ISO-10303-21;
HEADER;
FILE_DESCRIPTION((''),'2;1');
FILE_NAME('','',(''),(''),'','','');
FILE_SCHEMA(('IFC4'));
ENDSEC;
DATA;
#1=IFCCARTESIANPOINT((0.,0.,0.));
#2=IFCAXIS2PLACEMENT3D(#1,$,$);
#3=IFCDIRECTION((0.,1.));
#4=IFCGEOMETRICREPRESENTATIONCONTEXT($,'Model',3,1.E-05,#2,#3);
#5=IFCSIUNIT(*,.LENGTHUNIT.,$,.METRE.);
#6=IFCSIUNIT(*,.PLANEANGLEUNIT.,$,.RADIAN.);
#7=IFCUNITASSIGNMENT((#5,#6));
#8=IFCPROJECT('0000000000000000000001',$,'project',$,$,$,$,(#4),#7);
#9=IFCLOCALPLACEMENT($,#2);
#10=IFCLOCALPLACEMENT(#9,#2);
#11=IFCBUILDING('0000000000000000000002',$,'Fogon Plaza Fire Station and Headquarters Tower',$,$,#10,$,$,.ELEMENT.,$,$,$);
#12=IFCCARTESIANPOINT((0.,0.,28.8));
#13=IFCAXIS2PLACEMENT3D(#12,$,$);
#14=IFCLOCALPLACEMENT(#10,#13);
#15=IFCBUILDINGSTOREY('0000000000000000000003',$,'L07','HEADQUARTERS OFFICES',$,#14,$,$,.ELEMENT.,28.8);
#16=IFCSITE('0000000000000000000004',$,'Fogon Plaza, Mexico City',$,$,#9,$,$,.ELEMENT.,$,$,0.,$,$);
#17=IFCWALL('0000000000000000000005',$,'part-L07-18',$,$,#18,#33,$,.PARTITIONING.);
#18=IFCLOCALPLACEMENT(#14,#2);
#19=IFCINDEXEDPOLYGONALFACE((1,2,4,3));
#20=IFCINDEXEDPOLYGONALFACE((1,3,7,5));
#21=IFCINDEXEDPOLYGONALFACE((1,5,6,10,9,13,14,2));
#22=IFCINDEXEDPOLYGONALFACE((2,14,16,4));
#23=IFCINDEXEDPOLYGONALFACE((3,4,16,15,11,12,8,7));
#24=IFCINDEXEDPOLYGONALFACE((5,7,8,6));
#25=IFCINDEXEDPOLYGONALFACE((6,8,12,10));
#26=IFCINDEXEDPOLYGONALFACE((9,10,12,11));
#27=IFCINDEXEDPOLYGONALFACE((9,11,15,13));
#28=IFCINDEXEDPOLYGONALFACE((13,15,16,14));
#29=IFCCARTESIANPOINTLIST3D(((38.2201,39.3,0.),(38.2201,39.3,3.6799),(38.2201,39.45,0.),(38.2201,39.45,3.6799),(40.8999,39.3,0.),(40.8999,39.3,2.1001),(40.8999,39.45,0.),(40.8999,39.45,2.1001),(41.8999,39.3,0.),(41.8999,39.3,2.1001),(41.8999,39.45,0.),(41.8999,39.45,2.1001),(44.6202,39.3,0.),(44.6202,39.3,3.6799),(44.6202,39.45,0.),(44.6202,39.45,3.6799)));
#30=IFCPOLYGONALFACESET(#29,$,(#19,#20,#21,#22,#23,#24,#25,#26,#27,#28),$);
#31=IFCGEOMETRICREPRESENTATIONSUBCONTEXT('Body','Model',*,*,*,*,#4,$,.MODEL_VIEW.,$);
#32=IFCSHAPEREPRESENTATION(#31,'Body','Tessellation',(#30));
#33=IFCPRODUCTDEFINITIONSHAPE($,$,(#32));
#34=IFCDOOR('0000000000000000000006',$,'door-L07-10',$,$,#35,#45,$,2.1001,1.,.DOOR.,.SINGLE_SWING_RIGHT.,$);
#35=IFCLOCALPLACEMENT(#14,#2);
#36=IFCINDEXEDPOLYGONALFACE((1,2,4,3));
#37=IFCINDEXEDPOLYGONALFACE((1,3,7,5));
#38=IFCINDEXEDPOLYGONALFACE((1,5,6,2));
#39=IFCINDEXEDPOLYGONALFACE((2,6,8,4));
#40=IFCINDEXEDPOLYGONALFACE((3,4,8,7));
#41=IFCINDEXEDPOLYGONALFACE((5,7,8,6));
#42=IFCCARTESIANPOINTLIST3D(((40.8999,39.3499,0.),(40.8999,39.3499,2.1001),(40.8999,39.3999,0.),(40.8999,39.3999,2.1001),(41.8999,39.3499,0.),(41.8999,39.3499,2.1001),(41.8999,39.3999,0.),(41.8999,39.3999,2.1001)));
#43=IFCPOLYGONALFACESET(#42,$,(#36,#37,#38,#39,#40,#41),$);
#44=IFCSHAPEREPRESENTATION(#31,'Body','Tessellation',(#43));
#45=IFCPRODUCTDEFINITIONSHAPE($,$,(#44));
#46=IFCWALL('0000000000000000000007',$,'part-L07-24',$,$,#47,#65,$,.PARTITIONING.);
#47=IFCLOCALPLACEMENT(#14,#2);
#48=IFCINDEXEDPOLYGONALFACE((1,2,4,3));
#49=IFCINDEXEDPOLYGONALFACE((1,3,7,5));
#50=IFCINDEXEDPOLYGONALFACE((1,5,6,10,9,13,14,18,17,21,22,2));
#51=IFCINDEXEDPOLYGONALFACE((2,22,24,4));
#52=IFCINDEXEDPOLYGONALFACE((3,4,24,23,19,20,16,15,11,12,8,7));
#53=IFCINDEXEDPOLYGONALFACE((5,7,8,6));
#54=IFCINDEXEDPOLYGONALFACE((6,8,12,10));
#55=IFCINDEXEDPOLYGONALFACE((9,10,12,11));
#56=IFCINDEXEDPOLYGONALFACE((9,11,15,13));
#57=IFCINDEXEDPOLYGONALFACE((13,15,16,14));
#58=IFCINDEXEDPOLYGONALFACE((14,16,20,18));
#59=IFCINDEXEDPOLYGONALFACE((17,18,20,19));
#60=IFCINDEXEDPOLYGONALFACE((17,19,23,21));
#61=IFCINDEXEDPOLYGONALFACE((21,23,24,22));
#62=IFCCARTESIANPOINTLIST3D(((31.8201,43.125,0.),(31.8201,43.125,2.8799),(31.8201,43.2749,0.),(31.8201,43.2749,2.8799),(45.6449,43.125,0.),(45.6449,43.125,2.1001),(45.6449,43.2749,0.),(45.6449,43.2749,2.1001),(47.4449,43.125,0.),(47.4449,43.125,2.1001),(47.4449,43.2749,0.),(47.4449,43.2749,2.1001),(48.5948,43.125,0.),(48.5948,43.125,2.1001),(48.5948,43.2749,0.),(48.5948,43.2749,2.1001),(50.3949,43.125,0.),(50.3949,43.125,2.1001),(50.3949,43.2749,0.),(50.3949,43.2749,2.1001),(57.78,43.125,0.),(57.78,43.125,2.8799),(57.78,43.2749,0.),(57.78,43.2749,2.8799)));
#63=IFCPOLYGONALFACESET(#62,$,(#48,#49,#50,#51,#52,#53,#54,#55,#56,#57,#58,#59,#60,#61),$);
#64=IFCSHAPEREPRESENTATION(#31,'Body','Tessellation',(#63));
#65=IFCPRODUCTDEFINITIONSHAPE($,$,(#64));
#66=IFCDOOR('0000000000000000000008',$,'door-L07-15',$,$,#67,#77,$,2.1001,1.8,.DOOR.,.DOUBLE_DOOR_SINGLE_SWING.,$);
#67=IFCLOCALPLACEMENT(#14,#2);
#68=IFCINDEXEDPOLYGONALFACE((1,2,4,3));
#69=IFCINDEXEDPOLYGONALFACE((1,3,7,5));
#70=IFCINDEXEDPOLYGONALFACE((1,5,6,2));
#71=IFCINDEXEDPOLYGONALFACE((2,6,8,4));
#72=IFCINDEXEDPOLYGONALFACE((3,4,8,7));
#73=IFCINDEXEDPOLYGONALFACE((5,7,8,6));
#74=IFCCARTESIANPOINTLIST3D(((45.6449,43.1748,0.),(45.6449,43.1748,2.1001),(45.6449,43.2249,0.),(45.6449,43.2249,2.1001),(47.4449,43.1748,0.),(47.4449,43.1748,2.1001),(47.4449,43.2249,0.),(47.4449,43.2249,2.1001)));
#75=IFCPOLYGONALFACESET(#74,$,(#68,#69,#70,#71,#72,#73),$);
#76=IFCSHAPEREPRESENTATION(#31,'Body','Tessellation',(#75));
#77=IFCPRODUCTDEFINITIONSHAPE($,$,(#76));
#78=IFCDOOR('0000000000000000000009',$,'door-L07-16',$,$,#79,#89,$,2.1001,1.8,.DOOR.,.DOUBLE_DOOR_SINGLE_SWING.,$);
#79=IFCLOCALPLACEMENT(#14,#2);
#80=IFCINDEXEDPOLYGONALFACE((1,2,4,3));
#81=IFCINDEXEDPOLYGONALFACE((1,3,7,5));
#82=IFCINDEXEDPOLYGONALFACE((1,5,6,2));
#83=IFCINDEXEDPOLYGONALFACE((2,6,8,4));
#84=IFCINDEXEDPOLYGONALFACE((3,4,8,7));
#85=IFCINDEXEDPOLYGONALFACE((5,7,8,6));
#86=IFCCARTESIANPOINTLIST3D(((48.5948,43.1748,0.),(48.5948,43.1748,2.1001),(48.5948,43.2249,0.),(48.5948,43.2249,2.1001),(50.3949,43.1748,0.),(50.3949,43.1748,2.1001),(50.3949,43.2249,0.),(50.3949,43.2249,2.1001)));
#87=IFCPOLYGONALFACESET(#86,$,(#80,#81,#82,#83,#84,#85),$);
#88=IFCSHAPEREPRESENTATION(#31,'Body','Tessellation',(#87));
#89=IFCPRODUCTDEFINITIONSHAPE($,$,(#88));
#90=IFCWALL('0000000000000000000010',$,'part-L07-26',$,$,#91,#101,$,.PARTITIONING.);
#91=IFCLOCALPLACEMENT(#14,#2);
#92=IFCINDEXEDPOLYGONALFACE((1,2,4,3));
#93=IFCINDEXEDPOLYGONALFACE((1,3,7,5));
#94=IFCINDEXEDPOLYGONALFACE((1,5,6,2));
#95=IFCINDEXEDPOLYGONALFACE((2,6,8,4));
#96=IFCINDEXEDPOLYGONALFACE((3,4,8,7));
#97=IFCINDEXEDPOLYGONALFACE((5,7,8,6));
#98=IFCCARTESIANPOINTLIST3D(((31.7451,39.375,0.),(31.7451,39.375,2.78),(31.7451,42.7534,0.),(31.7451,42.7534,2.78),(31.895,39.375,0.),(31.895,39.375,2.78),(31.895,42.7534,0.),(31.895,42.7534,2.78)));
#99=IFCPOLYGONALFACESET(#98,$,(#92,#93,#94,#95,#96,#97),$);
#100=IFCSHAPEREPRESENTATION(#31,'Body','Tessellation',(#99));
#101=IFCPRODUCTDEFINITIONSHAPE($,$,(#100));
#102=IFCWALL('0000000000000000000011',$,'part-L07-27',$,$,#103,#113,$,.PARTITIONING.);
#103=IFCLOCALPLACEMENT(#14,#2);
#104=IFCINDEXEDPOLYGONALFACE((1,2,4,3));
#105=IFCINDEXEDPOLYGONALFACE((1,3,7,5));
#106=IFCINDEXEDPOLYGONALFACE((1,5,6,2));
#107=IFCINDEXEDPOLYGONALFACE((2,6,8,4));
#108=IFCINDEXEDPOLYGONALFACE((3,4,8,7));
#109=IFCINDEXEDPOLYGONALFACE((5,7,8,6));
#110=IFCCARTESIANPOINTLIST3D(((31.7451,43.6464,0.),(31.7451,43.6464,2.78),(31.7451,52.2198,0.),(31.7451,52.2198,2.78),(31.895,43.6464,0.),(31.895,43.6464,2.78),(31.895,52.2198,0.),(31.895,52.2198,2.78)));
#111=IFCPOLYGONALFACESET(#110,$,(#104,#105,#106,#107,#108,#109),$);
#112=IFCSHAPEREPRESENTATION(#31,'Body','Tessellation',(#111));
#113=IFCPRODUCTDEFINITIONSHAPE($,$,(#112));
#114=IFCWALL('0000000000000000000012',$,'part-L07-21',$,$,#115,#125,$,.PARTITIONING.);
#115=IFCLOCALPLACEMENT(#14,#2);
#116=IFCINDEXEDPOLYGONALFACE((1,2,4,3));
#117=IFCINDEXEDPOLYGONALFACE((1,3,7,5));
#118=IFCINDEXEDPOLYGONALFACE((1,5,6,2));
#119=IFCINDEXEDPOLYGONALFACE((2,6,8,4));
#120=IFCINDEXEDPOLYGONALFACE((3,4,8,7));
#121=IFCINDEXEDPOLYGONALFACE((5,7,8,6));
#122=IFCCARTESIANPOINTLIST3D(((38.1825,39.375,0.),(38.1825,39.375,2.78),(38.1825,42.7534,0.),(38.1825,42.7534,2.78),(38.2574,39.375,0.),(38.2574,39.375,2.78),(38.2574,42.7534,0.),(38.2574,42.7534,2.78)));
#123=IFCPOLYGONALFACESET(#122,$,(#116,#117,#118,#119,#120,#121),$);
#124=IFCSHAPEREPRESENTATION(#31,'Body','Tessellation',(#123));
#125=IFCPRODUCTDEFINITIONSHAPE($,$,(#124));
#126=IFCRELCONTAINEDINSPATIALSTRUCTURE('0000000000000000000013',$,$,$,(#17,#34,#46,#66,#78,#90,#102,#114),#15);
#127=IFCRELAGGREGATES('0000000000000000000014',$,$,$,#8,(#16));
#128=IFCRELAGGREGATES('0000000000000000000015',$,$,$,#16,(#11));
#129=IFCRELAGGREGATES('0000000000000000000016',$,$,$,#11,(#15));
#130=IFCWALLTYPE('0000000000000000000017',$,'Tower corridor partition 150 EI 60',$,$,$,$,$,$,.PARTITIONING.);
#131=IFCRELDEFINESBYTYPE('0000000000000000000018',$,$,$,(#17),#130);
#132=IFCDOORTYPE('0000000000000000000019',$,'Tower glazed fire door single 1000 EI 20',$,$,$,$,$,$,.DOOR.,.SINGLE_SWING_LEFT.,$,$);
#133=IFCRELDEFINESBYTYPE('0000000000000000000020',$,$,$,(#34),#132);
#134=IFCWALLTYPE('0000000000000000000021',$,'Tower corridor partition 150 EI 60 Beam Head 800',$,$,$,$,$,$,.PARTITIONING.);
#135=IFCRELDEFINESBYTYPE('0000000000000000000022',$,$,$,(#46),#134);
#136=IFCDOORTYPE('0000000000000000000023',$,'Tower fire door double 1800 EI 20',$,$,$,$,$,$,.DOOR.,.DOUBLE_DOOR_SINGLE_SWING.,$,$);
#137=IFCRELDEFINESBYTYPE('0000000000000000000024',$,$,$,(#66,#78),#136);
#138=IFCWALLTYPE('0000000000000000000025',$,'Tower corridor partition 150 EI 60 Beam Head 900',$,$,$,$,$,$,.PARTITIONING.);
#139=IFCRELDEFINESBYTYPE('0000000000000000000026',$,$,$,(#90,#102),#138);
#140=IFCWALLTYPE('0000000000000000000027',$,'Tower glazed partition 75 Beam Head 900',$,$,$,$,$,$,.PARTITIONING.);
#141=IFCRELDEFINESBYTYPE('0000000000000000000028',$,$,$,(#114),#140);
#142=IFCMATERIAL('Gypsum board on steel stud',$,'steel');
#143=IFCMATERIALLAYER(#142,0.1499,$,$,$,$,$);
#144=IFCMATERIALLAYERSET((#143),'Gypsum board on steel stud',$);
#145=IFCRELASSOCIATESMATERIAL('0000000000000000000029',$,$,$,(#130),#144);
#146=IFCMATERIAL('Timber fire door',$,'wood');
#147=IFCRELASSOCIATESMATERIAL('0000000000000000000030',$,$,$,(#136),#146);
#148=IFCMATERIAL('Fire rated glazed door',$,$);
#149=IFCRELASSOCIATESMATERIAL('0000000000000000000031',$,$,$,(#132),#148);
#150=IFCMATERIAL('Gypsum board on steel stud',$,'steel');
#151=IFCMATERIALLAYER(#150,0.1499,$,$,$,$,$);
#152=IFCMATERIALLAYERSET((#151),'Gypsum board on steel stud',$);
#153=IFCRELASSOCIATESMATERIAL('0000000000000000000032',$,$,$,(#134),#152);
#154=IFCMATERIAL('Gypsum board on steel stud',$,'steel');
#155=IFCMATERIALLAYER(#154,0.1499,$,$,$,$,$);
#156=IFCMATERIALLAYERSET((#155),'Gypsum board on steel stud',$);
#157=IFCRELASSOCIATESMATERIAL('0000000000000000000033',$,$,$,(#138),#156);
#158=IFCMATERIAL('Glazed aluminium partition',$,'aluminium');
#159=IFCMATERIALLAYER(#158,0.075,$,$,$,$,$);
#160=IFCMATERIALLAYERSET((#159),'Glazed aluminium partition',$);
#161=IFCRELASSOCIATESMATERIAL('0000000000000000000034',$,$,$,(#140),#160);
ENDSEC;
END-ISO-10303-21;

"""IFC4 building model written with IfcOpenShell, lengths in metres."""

from ifc_helpers import new_model, si_unit, direction, frame, frame_2d, origin, place, context, subcontext, project, spatial, rectangle, extrude, material, layer, layer_set, type_object, element, fill, save


model = new_model("IFC4")

# Units and contexts
model_context = context("Model", 3, precision=1e-05, world=origin(), true_north=direction((0.0, 1.0)))
body_context = subcontext(model_context, "Body", "Model", "MODEL_VIEW")
ifc_project = project(units=[si_unit("LENGTHUNIT", "METRE"), si_unit("PLANEANGLEUNIT", "RADIAN")], contexts=[model_context])

# Site, building, storey
site_placement = place(None, origin())
site = spatial("IfcSite", under=ifc_project, at=site_placement, Name="Fogon Plaza, Mexico City", CompositionType="ELEMENT", RefElevation=0.0)
building_placement = place(site_placement, origin())
building = spatial("IfcBuilding", under=site, at=building_placement, Name="Fogon Plaza Fire Station and Headquarters Tower", CompositionType="ELEMENT")
storey_placement = place(building_placement, frame((0.0, 0.0, 28.8)))
storey = spatial("IfcBuildingStorey", under=building, at=storey_placement, Name="L07", Description="HEADQUARTERS OFFICES", CompositionType="ELEMENT", Elevation=28.8)

# Shared definitions
ifc_material_1 = material(Name="Gypsum board on steel stud", Category="steel")
ifc_layer_1 = layer(ifc_material_1, 0.1499)
ifc_layer_set_1 = layer_set([ifc_layer_1], Name="Gypsum board on steel stud")
wall_type_1 = type_object("IfcWallType", Name="Tower corridor partition 150 EI 60", PredefinedType="PARTITIONING", material=ifc_layer_set_1)

# Shared definitions
ifc_material_2 = material(Name="Timber fire door", Category="wood")
door_type_1 = type_object("IfcDoorType", Name="Tower fire door double 1800 EI 20", OperationType="DOUBLE_DOOR_SINGLE_SWING", PredefinedType="DOOR", material=ifc_material_2)

# Wall, opening, door
ifc_material_3 = material(Name="Fire rated glazed door")
door_type_2 = type_object("IfcDoorType", Name="Tower glazed fire door single 1000 EI 20", OperationType="SINGLE_SWING_LEFT", PredefinedType="DOOR", material=ifc_material_3)
wall_1_placement = place(storey_placement, frame((38.22, 39.375, 0.0), z_axis=(0.0, 0.0, 1.0), x_axis=(1.0, 0.0, 0.0)))
wall_1 = element("IfcWall", 1, at=wall_1_placement, inside=storey, type_object=wall_type_1, Name="part-L07-18", PredefinedType="PARTITIONING", context=body_context, shape_type="SweptSolid", body=[
    extrude(rectangle(XDim=6.4001, YDim=0.1499, at=frame_2d((3.2002, 0.0))), origin(), (0.0, 0.0, 1.0), 3.6799),
])
opening_1_placement = place(wall_1_placement, frame((2.6799, 0.0, 0.0)))
opening_1 = element("IfcOpeningElement", 2, at=opening_1_placement, cuts=wall_1, PredefinedType="OPENING", context=body_context, shape_type="SweptSolid", body=[
    extrude(rectangle(XDim=1.0, YDim=2.1001, at=frame_2d((0.5, 1.05))), frame((0.0, 0.085, 0.0), z_axis=(0.0, -1.0, 0.0), x_axis=(1.0, 0.0, 0.0)), (0.0, 0.0, 1.0), 0.1699),
])
door_1_placement = place(opening_1_placement, origin())
door_1 = element("IfcDoor", 3, at=door_1_placement, inside=storey, type_object=door_type_2, Name="door-L07-10", OperationType="SINGLE_SWING_RIGHT", OverallHeight=2.1001, OverallWidth=1.0, PredefinedType="DOOR", context=body_context, shape_type="SweptSolid", body=[
    extrude(rectangle(XDim=1.0, YDim=2.1001, at=frame_2d((0.5, 1.05))), frame((0.0, 0.0249, 0.0), z_axis=(0.0, -1.0, 0.0), x_axis=(1.0, 0.0, 0.0)), (0.0, 0.0, 1.0), 0.05),
])
fill(opening_1, door_1)

# Wall, openings, doors
ifc_material_4 = material(Name="Gypsum board on steel stud", Category="steel")
ifc_layer_2 = layer(ifc_material_4, 0.1499)
ifc_layer_set_2 = layer_set([ifc_layer_2], Name="Gypsum board on steel stud")
wall_type_2 = type_object("IfcWallType", Name="Tower corridor partition 150 EI 60 Beam Head 800", PredefinedType="PARTITIONING", material=ifc_layer_set_2)
wall_2_placement = place(storey_placement, frame((31.8201, 43.2, 0.0), z_axis=(0.0, 0.0, 1.0), x_axis=(1.0, 0.0, 0.0)))
wall_2 = element("IfcWall", 4, at=wall_2_placement, inside=storey, type_object=wall_type_2, Name="part-L07-24", PredefinedType="PARTITIONING", context=body_context, shape_type="SweptSolid", body=[
    extrude(rectangle(XDim=25.96, YDim=0.1499, at=frame_2d((12.98, 0.0))), origin(), (0.0, 0.0, 1.0), 2.8799),
])
opening_2_placement = place(wall_2_placement, frame((13.825, 0.0, 0.0)))
opening_2 = element("IfcOpeningElement", 5, at=opening_2_placement, cuts=wall_2, PredefinedType="OPENING", context=body_context, shape_type="SweptSolid", body=[
    extrude(rectangle(XDim=1.8, YDim=2.1001, at=frame_2d((0.8999, 1.05))), frame((0.0, 0.085, 0.0), z_axis=(0.0, -1.0, 0.0), x_axis=(1.0, 0.0, 0.0)), (0.0, 0.0, 1.0), 0.1699),
])
opening_3_placement = place(wall_2_placement, frame((16.7749, 0.0, 0.0)))
opening_3 = element("IfcOpeningElement", 6, at=opening_3_placement, cuts=wall_2, PredefinedType="OPENING", context=body_context, shape_type="SweptSolid", body=[
    extrude(rectangle(XDim=1.8, YDim=2.1001, at=frame_2d((0.8999, 1.05))), frame((0.0, 0.085, 0.0), z_axis=(0.0, -1.0, 0.0), x_axis=(1.0, 0.0, 0.0)), (0.0, 0.0, 1.0), 0.1699),
])
door_2_placement = place(opening_2_placement, origin())
door_2 = element("IfcDoor", 7, at=door_2_placement, inside=storey, type_object=door_type_1, Name="door-L07-15", OperationType="DOUBLE_DOOR_SINGLE_SWING", OverallHeight=2.1001, OverallWidth=1.8, PredefinedType="DOOR", context=body_context, shape_type="SweptSolid", body=[
    extrude(rectangle(XDim=1.8, YDim=2.1001, at=frame_2d((0.8999, 1.05))), frame((0.0, 0.0249, 0.0), z_axis=(0.0, -1.0, 0.0), x_axis=(1.0, 0.0, 0.0)), (0.0, 0.0, 1.0), 0.05),
])
fill(opening_2, door_2)
door_3_placement = place(opening_3_placement, origin())
door_3 = element("IfcDoor", 8, at=door_3_placement, inside=storey, type_object=door_type_1, Name="door-L07-16", OperationType="DOUBLE_DOOR_SINGLE_SWING", OverallHeight=2.1001, OverallWidth=1.8, PredefinedType="DOOR", context=body_context, shape_type="SweptSolid", body=[
    extrude(rectangle(XDim=1.8, YDim=2.1001, at=frame_2d((0.8999, 1.05))), frame((0.0, 0.0249, 0.0), z_axis=(0.0, -1.0, 0.0), x_axis=(1.0, 0.0, 0.0)), (0.0, 0.0, 1.0), 0.05),
])
fill(opening_3, door_3)

# Walls
ifc_material_5 = material(Name="Gypsum board on steel stud", Category="steel")
ifc_layer_3 = layer(ifc_material_5, 0.1499)
ifc_layer_set_3 = layer_set([ifc_layer_3], Name="Gypsum board on steel stud")
wall_type_3 = type_object("IfcWallType", Name="Tower corridor partition 150 EI 60 Beam Head 900", PredefinedType="PARTITIONING", material=ifc_layer_set_3)
wall_3_placement = place(storey_placement, frame((31.8201, 39.375, 0.0), z_axis=(0.0, 0.0, 1.0), x_axis=(0.0, 1.0, 0.0)))
element("IfcWall", 9, at=wall_3_placement, inside=storey, type_object=wall_type_3, Name="part-L07-26", PredefinedType="PARTITIONING", context=body_context, shape_type="SweptSolid", body=[
    extrude(rectangle(XDim=3.3784, YDim=0.1499, at=frame_2d((1.6892, 0.0))), origin(), (0.0, 0.0, 1.0), 2.78),
])
wall_4_placement = place(storey_placement, frame((31.8201, 43.6465, 0.0), z_axis=(0.0, 0.0, 1.0), x_axis=(0.0, 1.0, 0.0)))
element("IfcWall", 10, at=wall_4_placement, inside=storey, type_object=wall_type_3, Name="part-L07-27", PredefinedType="PARTITIONING", context=body_context, shape_type="SweptSolid", body=[
    extrude(rectangle(XDim=8.5735, YDim=0.1499, at=frame_2d((4.2866, 0.0))), origin(), (0.0, 0.0, 1.0), 2.78),
])
ifc_material_6 = material(Name="Glazed aluminium partition", Category="aluminium")
ifc_layer_4 = layer(ifc_material_6, 0.075)
ifc_layer_set_4 = layer_set([ifc_layer_4], Name="Glazed aluminium partition")
wall_type_4 = type_object("IfcWallType", Name="Tower glazed partition 75 Beam Head 900", PredefinedType="PARTITIONING", material=ifc_layer_set_4)
wall_5_placement = place(storey_placement, frame((38.22, 39.375, 0.0), z_axis=(0.0, 0.0, 1.0), x_axis=(0.0, 1.0, 0.0)))
element("IfcWall", 11, at=wall_5_placement, inside=storey, type_object=wall_type_4, Name="part-L07-21", PredefinedType="PARTITIONING", context=body_context, shape_type="SweptSolid", body=[
    extrude(rectangle(XDim=3.3784, YDim=0.075, at=frame_2d((1.6892, 0.0))), origin(), (0.0, 0.0, 1.0), 2.78),
])

save(model, "model.ifc")
